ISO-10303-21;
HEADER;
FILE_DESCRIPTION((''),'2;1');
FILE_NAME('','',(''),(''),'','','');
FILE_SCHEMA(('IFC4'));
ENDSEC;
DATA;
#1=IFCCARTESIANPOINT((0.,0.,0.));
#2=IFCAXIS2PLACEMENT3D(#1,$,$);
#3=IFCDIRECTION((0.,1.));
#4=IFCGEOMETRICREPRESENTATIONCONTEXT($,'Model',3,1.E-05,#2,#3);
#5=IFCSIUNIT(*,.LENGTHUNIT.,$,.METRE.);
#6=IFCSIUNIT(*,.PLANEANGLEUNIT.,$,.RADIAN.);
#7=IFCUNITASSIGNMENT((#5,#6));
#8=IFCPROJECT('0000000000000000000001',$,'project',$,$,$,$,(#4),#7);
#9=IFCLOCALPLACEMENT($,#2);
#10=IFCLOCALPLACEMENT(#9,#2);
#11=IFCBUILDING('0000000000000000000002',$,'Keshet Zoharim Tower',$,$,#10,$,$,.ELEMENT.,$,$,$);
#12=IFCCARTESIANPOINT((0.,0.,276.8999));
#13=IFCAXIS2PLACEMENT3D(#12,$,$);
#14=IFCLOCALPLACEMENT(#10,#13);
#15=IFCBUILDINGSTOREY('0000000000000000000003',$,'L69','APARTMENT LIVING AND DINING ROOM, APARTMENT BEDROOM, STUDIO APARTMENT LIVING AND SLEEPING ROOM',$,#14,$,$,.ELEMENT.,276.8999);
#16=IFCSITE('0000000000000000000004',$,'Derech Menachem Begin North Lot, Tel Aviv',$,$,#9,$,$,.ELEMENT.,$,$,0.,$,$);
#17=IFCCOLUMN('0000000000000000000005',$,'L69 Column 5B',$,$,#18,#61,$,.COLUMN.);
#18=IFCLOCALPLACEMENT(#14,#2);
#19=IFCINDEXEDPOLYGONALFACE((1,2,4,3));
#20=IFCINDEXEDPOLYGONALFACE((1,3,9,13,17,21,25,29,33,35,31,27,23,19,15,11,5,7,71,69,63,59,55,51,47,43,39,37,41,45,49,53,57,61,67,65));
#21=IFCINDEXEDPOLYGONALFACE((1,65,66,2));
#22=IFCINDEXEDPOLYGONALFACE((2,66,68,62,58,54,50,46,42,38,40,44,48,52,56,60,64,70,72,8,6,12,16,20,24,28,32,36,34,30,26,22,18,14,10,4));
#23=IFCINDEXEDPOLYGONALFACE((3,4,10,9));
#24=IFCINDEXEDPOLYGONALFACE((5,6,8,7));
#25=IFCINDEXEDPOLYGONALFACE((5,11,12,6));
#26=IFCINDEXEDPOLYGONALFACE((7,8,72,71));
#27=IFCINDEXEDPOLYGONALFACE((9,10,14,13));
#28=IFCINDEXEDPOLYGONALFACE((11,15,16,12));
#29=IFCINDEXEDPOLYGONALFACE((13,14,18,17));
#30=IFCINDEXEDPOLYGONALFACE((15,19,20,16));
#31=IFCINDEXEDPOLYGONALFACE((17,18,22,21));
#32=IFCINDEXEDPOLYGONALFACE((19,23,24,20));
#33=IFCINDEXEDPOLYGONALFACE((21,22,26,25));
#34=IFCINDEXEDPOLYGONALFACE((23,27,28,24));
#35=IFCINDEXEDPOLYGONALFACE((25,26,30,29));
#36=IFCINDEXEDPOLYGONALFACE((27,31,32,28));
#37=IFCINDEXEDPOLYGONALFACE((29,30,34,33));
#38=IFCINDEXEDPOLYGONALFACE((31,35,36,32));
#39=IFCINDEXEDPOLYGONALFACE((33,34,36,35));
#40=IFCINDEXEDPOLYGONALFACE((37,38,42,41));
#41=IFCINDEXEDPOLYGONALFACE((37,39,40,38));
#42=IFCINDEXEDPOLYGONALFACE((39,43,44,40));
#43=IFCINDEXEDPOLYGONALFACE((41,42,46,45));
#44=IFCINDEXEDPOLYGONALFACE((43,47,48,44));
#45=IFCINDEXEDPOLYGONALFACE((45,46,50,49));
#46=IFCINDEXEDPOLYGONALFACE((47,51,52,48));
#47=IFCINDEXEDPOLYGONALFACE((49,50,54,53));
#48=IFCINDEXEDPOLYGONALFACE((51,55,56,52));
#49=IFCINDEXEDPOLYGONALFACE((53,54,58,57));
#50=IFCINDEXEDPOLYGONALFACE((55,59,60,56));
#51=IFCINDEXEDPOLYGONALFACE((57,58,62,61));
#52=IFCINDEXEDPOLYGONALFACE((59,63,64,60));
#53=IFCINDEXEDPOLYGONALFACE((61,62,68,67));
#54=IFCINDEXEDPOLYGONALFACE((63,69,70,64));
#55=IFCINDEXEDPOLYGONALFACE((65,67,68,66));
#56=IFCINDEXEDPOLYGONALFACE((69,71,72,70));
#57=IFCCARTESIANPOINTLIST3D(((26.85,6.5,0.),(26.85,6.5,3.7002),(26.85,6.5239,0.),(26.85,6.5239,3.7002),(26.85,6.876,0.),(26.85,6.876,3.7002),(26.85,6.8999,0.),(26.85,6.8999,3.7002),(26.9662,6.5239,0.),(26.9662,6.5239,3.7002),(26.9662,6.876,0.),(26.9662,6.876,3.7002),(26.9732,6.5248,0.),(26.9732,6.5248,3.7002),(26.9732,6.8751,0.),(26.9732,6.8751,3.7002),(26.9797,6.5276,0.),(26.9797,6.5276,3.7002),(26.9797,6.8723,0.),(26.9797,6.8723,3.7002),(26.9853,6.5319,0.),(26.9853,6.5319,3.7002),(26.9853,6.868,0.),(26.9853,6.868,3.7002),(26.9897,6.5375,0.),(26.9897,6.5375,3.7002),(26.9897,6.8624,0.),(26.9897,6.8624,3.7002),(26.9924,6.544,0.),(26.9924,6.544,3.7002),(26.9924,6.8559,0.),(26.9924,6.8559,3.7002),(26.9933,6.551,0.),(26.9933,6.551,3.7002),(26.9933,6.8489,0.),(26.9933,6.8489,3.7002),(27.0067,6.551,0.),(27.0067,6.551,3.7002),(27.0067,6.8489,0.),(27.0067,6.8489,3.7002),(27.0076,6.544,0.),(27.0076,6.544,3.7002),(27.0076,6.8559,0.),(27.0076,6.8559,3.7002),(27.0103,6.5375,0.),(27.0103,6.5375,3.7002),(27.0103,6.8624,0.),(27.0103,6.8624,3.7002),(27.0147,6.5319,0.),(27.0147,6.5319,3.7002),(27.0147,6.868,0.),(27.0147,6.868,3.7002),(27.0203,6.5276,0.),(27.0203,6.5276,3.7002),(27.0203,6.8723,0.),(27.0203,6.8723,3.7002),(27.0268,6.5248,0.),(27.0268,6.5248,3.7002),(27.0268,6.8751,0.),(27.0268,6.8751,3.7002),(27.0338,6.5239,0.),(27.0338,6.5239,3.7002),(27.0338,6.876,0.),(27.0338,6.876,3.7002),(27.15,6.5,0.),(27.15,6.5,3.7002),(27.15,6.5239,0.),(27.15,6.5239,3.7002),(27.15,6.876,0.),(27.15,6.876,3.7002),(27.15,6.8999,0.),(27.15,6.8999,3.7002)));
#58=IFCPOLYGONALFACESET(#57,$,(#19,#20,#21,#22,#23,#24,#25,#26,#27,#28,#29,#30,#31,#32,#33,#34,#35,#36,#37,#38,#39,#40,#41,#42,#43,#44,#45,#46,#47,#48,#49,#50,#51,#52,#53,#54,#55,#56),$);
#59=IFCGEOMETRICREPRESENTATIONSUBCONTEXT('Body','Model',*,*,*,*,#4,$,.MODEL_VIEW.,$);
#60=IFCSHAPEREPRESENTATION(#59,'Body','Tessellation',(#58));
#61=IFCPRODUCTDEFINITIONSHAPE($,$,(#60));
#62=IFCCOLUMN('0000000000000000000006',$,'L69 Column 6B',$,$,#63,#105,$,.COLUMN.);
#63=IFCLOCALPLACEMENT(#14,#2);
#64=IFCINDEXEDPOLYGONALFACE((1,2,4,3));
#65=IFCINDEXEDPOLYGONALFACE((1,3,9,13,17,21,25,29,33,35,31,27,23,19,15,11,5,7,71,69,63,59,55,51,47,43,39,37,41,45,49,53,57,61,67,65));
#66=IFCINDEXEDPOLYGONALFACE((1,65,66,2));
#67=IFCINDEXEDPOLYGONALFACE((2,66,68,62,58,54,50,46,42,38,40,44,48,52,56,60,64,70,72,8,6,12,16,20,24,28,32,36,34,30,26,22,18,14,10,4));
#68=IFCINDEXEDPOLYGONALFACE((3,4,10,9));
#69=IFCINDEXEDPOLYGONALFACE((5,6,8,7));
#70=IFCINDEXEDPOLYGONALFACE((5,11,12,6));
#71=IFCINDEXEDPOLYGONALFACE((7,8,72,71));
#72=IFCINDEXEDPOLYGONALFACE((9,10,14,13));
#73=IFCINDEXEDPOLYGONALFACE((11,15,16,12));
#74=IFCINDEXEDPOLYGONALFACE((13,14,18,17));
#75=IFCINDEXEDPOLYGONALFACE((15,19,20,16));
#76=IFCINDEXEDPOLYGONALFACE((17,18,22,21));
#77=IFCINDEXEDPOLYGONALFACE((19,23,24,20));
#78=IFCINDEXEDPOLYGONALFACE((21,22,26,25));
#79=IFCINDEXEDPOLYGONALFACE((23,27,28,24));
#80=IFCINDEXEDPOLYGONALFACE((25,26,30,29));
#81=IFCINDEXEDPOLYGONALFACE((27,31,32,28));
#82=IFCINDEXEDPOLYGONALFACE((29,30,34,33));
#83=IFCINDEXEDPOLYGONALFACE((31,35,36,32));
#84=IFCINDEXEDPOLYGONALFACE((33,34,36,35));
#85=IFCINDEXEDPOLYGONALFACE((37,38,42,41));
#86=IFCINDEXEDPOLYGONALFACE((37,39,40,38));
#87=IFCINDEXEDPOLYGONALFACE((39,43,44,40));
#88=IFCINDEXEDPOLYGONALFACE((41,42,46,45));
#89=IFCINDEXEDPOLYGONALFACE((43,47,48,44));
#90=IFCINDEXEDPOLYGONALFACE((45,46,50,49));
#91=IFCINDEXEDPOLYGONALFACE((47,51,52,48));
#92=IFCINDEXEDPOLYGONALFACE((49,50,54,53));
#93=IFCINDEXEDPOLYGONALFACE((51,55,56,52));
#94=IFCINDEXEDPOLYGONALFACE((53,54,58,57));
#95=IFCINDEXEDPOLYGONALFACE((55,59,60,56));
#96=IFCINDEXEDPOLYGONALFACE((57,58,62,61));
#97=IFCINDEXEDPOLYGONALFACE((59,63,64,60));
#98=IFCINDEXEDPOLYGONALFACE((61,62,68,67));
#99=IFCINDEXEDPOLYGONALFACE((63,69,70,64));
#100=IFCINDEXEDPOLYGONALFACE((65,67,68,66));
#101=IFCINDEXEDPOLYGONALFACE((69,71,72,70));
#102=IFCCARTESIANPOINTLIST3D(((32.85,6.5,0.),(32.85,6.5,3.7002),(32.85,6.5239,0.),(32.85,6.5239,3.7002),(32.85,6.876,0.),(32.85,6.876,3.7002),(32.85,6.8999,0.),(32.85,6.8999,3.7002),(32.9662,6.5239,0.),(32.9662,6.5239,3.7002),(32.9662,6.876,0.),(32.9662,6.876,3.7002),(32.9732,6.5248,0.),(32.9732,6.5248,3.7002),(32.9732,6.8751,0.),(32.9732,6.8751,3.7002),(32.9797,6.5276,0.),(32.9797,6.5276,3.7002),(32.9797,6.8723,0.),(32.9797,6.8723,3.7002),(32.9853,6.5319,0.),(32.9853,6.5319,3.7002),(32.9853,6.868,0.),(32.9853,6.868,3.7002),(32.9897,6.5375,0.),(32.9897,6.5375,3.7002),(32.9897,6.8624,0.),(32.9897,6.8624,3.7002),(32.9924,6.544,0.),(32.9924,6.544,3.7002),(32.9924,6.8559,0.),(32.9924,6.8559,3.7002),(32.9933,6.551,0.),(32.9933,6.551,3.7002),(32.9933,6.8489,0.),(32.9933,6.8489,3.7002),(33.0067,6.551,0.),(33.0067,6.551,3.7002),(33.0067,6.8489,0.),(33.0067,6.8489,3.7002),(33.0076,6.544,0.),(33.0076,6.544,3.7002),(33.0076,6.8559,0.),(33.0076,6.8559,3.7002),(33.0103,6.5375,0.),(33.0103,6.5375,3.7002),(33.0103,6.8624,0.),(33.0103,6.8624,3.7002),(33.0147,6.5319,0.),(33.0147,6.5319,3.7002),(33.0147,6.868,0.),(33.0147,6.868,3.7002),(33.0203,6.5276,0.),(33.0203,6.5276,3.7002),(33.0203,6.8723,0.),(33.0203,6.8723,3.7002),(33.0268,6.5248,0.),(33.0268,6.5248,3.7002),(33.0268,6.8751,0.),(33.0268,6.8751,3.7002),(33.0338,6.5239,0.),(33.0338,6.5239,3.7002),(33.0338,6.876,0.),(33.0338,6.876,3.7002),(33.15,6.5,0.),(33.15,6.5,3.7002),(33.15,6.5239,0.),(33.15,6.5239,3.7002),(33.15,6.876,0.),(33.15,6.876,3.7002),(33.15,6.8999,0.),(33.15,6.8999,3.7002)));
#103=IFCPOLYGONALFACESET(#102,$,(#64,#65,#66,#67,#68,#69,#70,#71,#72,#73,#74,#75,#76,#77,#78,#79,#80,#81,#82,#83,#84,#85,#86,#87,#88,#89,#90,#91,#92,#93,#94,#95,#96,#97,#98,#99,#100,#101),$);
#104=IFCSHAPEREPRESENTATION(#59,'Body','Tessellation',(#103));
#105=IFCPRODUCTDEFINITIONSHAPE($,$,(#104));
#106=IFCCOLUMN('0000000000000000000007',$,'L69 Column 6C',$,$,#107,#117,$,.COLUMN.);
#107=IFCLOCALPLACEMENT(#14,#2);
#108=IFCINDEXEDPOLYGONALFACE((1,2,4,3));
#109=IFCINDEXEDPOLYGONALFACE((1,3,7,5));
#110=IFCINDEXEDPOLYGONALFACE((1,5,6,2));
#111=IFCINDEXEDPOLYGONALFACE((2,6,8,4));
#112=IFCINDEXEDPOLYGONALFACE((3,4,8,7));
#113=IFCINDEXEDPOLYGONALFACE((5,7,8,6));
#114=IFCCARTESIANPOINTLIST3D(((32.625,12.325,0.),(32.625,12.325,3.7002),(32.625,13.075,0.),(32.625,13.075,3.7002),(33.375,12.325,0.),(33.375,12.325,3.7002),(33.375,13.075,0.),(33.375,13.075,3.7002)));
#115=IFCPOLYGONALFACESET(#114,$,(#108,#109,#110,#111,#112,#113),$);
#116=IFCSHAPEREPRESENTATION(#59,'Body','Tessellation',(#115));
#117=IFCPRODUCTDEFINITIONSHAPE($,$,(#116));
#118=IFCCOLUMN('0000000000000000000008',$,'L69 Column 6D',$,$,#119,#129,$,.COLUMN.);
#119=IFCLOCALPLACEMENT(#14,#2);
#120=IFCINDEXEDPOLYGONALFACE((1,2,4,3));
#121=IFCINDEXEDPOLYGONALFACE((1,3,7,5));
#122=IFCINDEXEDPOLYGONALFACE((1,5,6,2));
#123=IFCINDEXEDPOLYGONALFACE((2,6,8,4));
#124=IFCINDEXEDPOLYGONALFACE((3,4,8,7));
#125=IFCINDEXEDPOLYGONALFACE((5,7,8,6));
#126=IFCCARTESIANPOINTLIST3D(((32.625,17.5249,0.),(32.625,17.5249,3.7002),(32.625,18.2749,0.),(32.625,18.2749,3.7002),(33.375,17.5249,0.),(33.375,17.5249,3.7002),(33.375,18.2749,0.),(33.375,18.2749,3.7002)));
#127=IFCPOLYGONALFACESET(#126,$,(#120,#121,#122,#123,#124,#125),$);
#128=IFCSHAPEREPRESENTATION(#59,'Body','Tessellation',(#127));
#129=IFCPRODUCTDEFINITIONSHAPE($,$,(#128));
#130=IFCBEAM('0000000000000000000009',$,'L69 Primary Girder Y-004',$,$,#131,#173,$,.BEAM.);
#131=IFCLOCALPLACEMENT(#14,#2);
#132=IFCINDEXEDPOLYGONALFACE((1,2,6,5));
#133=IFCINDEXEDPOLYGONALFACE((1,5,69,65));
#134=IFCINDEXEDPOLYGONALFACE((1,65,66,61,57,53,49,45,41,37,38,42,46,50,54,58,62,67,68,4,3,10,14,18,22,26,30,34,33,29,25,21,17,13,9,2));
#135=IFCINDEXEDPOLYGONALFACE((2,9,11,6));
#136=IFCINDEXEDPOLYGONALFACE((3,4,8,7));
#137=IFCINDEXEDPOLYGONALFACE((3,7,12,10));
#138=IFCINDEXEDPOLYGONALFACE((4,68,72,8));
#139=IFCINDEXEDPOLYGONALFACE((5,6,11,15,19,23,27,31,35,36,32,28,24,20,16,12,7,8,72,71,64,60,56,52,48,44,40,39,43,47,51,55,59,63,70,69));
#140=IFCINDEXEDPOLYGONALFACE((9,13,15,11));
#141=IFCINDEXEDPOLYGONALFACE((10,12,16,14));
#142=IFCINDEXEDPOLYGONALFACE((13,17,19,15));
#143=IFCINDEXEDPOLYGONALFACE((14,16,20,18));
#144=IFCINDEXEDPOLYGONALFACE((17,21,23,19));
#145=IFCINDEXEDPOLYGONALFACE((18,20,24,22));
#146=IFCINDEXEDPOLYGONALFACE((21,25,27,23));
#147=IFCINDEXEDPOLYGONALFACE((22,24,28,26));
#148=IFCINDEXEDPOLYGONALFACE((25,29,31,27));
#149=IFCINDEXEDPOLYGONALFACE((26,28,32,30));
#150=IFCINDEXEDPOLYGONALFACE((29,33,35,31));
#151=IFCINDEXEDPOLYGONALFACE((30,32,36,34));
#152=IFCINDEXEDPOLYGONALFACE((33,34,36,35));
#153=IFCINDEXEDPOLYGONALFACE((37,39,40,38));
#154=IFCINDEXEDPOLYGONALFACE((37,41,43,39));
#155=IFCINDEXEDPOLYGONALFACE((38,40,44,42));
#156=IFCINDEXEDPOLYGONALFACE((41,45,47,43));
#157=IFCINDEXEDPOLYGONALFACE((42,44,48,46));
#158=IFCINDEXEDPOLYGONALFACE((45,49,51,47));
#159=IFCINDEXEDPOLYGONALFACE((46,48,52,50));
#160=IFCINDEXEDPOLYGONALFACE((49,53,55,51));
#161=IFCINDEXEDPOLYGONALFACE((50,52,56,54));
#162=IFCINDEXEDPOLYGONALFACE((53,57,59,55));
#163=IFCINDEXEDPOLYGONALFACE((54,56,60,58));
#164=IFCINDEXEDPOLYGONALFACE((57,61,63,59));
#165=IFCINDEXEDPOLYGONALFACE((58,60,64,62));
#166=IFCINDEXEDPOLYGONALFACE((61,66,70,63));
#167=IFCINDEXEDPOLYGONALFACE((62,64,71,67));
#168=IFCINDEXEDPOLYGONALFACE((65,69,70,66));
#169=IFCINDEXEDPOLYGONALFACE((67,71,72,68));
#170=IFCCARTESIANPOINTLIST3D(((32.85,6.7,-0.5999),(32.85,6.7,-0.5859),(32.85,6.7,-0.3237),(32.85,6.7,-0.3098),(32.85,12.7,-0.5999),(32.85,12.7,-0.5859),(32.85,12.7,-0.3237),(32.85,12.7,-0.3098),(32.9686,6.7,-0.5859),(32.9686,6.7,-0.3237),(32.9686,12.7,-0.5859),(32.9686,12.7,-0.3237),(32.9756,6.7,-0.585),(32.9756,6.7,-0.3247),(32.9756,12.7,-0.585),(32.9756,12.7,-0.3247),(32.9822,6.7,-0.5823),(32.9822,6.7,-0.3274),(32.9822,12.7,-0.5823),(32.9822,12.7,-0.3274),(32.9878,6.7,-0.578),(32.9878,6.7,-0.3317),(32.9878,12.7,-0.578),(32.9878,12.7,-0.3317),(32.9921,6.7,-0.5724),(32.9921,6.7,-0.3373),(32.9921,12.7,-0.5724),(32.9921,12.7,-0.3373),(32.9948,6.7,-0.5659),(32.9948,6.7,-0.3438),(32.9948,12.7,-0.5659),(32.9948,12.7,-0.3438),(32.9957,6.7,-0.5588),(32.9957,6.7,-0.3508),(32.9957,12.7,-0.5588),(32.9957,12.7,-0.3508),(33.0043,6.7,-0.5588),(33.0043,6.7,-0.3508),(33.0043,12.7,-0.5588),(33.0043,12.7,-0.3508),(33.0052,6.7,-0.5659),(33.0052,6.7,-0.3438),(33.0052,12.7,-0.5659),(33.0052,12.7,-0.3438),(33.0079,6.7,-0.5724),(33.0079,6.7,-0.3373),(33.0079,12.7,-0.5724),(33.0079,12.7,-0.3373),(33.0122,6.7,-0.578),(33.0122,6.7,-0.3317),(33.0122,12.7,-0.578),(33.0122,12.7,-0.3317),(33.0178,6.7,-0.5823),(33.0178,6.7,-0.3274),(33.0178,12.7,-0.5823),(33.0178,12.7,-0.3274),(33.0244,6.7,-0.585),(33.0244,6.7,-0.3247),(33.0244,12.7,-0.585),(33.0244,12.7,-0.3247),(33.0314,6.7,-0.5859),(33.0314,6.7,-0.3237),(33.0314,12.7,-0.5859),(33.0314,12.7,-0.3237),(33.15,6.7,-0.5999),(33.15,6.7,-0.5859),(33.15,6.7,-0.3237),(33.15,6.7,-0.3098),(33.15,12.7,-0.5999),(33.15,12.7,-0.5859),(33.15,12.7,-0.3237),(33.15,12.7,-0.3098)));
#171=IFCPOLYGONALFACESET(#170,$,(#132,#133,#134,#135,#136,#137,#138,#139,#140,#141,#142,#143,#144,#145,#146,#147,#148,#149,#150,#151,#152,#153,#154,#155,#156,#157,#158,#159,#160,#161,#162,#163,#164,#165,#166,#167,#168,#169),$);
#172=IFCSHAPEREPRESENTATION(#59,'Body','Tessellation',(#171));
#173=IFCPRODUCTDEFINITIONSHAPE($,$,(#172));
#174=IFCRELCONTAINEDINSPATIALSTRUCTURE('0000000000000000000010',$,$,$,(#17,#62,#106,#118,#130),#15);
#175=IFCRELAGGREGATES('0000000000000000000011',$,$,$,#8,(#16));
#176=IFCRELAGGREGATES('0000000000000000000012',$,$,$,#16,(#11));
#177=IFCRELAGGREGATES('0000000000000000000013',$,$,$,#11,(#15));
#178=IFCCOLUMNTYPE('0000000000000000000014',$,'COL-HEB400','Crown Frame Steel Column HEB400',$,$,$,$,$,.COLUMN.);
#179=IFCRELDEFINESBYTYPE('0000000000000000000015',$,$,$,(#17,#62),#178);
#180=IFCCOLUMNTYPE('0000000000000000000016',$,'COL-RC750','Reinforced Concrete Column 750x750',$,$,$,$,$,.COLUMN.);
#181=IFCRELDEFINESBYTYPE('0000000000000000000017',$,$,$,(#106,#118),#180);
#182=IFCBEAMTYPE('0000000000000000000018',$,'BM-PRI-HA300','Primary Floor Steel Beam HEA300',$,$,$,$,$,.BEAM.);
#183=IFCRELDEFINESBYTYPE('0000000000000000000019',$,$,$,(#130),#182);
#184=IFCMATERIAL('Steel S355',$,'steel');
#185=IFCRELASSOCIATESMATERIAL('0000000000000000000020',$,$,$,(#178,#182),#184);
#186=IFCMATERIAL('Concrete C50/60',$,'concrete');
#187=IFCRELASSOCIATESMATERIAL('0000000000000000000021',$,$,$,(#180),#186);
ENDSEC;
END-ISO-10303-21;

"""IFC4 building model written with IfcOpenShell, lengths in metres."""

from ifc_helpers import new_model, si_unit, direction, frame, origin, origin_2d, place, context, subcontext, project, spatial, rectangle, i_section, extrude, material, material_profile, profile_set, type_object, element, save


model = new_model("IFC4")

# Units and contexts
model_context = context("Model", 3, precision=1e-05, world=origin(), true_north=direction((0.0, 1.0)))
body_context = subcontext(model_context, "Body", "Model", "MODEL_VIEW")
ifc_project = project(units=[si_unit("LENGTHUNIT", "METRE"), si_unit("PLANEANGLEUNIT", "RADIAN")], contexts=[model_context])

# Site, building, storey
site_placement = place(None, origin())
site = spatial("IfcSite", under=ifc_project, at=site_placement, Name="Derech Menachem Begin North Lot, Tel Aviv", CompositionType="ELEMENT", RefElevation=0.0)
building_placement = place(site_placement, origin())
building = spatial("IfcBuilding", under=site, at=building_placement, Name="Keshet Zoharim Tower", CompositionType="ELEMENT")
storey_placement = place(building_placement, frame((0.0, 0.0, 276.8999)))
storey = spatial("IfcBuildingStorey", under=building, at=storey_placement, Name="L69", Description="APARTMENT LIVING AND DINING ROOM, APARTMENT BEDROOM, STUDIO APARTMENT LIVING AND SLEEPING ROOM", CompositionType="ELEMENT", Elevation=276.8999)

# Columns
ifc_material_1 = material(Name="Steel S355", Category="steel")
ifc_material_profile_1 = material_profile(ifc_material_1, i_section(OverallWidth=0.3, OverallDepth=0.3999, WebThickness=0.0134, FlangeThickness=0.0239, FilletRadius=0.0271, at=origin_2d()), Name="HEB400")
ifc_profile_set_1 = profile_set([ifc_material_profile_1], Name="Steel S355")
column_type_1 = type_object("IfcColumnType", Name="COL-HEB400", Description="Crown Frame Steel Column HEB400", PredefinedType="COLUMN", material=ifc_profile_set_1)
for number, where, z_axis, x_axis, name in (
    (1, (27.0, 6.7, 0.0), (0.0, 0.0, 1.0), (1.0, 0.0, 0.0), "L69 Column 5B"),
    (2, (33.0, 6.7, 0.0), (0.0, 0.0, 1.0), (1.0, 0.0, 0.0), "L69 Column 6B"),
):
    element("IfcColumn", number, at=place(storey_placement, frame(where, z_axis=z_axis, x_axis=x_axis)), inside=storey, type_object=column_type_1, Name=name, PredefinedType="COLUMN", context=body_context, shape_type="SweptSolid", body=[
        extrude(i_section(OverallWidth=0.3, OverallDepth=0.3999, WebThickness=0.0134, FlangeThickness=0.0239, FilletRadius=0.0271, at=origin_2d()), origin(), (0.0, 0.0, 1.0), 3.7002),
    ])
ifc_material_2 = material(Name="Concrete C50/60", Category="concrete")
ifc_material_profile_2 = material_profile(ifc_material_2, rectangle(XDim=0.75, YDim=0.75, at=origin_2d()), Name="RC750x750")
ifc_profile_set_2 = profile_set([ifc_material_profile_2], Name="Concrete C50/60")
column_type_2 = type_object("IfcColumnType", Name="COL-RC750", Description="Reinforced Concrete Column 750x750", PredefinedType="COLUMN", material=ifc_profile_set_2)
for number, where, z_axis, x_axis, name in (
    (3, (33.0, 12.7, 0.0), (0.0, 0.0, 1.0), (1.0, 0.0, 0.0), "L69 Column 6C"),
    (4, (33.0, 17.8999, 0.0), (0.0, 0.0, 1.0), (1.0, 0.0, 0.0), "L69 Column 6D"),
):
    element("IfcColumn", number, at=place(storey_placement, frame(where, z_axis=z_axis, x_axis=x_axis)), inside=storey, type_object=column_type_2, Name=name, PredefinedType="COLUMN", context=body_context, shape_type="SweptSolid", body=[
        extrude(rectangle(XDim=0.75, YDim=0.75, at=origin_2d()), origin(), (0.0, 0.0, 1.0), 3.7002),
    ])

# Beam
ifc_material_profile_3 = material_profile(ifc_material_1, i_section(OverallWidth=0.3, OverallDepth=0.29, WebThickness=0.0085, FlangeThickness=0.0139, FilletRadius=0.0271, at=origin_2d()), Name="HEA300")
ifc_profile_set_3 = profile_set([ifc_material_profile_3], Name="Steel S355")
beam_type_1 = type_object("IfcBeamType", Name="BM-PRI-HA300", Description="Primary Floor Steel Beam HEA300", PredefinedType="BEAM", material=ifc_profile_set_3)
beam_1_placement = place(storey_placement, frame((33.0, 6.7, -0.4548), z_axis=(0.0, 1.0, 0.0), x_axis=(-1.0, 0.0, 0.0)))
element("IfcBeam", 5, at=beam_1_placement, inside=storey, type_object=beam_type_1, Name="L69 Primary Girder Y-004", PredefinedType="BEAM", context=body_context, shape_type="SweptSolid", body=[
    extrude(i_section(OverallWidth=0.3, OverallDepth=0.29, WebThickness=0.0085, FlangeThickness=0.0139, FilletRadius=0.0271, at=origin_2d()), origin(), (0.0, 0.0, 1.0), 6.0),
])

save(model, "model.ifc")
